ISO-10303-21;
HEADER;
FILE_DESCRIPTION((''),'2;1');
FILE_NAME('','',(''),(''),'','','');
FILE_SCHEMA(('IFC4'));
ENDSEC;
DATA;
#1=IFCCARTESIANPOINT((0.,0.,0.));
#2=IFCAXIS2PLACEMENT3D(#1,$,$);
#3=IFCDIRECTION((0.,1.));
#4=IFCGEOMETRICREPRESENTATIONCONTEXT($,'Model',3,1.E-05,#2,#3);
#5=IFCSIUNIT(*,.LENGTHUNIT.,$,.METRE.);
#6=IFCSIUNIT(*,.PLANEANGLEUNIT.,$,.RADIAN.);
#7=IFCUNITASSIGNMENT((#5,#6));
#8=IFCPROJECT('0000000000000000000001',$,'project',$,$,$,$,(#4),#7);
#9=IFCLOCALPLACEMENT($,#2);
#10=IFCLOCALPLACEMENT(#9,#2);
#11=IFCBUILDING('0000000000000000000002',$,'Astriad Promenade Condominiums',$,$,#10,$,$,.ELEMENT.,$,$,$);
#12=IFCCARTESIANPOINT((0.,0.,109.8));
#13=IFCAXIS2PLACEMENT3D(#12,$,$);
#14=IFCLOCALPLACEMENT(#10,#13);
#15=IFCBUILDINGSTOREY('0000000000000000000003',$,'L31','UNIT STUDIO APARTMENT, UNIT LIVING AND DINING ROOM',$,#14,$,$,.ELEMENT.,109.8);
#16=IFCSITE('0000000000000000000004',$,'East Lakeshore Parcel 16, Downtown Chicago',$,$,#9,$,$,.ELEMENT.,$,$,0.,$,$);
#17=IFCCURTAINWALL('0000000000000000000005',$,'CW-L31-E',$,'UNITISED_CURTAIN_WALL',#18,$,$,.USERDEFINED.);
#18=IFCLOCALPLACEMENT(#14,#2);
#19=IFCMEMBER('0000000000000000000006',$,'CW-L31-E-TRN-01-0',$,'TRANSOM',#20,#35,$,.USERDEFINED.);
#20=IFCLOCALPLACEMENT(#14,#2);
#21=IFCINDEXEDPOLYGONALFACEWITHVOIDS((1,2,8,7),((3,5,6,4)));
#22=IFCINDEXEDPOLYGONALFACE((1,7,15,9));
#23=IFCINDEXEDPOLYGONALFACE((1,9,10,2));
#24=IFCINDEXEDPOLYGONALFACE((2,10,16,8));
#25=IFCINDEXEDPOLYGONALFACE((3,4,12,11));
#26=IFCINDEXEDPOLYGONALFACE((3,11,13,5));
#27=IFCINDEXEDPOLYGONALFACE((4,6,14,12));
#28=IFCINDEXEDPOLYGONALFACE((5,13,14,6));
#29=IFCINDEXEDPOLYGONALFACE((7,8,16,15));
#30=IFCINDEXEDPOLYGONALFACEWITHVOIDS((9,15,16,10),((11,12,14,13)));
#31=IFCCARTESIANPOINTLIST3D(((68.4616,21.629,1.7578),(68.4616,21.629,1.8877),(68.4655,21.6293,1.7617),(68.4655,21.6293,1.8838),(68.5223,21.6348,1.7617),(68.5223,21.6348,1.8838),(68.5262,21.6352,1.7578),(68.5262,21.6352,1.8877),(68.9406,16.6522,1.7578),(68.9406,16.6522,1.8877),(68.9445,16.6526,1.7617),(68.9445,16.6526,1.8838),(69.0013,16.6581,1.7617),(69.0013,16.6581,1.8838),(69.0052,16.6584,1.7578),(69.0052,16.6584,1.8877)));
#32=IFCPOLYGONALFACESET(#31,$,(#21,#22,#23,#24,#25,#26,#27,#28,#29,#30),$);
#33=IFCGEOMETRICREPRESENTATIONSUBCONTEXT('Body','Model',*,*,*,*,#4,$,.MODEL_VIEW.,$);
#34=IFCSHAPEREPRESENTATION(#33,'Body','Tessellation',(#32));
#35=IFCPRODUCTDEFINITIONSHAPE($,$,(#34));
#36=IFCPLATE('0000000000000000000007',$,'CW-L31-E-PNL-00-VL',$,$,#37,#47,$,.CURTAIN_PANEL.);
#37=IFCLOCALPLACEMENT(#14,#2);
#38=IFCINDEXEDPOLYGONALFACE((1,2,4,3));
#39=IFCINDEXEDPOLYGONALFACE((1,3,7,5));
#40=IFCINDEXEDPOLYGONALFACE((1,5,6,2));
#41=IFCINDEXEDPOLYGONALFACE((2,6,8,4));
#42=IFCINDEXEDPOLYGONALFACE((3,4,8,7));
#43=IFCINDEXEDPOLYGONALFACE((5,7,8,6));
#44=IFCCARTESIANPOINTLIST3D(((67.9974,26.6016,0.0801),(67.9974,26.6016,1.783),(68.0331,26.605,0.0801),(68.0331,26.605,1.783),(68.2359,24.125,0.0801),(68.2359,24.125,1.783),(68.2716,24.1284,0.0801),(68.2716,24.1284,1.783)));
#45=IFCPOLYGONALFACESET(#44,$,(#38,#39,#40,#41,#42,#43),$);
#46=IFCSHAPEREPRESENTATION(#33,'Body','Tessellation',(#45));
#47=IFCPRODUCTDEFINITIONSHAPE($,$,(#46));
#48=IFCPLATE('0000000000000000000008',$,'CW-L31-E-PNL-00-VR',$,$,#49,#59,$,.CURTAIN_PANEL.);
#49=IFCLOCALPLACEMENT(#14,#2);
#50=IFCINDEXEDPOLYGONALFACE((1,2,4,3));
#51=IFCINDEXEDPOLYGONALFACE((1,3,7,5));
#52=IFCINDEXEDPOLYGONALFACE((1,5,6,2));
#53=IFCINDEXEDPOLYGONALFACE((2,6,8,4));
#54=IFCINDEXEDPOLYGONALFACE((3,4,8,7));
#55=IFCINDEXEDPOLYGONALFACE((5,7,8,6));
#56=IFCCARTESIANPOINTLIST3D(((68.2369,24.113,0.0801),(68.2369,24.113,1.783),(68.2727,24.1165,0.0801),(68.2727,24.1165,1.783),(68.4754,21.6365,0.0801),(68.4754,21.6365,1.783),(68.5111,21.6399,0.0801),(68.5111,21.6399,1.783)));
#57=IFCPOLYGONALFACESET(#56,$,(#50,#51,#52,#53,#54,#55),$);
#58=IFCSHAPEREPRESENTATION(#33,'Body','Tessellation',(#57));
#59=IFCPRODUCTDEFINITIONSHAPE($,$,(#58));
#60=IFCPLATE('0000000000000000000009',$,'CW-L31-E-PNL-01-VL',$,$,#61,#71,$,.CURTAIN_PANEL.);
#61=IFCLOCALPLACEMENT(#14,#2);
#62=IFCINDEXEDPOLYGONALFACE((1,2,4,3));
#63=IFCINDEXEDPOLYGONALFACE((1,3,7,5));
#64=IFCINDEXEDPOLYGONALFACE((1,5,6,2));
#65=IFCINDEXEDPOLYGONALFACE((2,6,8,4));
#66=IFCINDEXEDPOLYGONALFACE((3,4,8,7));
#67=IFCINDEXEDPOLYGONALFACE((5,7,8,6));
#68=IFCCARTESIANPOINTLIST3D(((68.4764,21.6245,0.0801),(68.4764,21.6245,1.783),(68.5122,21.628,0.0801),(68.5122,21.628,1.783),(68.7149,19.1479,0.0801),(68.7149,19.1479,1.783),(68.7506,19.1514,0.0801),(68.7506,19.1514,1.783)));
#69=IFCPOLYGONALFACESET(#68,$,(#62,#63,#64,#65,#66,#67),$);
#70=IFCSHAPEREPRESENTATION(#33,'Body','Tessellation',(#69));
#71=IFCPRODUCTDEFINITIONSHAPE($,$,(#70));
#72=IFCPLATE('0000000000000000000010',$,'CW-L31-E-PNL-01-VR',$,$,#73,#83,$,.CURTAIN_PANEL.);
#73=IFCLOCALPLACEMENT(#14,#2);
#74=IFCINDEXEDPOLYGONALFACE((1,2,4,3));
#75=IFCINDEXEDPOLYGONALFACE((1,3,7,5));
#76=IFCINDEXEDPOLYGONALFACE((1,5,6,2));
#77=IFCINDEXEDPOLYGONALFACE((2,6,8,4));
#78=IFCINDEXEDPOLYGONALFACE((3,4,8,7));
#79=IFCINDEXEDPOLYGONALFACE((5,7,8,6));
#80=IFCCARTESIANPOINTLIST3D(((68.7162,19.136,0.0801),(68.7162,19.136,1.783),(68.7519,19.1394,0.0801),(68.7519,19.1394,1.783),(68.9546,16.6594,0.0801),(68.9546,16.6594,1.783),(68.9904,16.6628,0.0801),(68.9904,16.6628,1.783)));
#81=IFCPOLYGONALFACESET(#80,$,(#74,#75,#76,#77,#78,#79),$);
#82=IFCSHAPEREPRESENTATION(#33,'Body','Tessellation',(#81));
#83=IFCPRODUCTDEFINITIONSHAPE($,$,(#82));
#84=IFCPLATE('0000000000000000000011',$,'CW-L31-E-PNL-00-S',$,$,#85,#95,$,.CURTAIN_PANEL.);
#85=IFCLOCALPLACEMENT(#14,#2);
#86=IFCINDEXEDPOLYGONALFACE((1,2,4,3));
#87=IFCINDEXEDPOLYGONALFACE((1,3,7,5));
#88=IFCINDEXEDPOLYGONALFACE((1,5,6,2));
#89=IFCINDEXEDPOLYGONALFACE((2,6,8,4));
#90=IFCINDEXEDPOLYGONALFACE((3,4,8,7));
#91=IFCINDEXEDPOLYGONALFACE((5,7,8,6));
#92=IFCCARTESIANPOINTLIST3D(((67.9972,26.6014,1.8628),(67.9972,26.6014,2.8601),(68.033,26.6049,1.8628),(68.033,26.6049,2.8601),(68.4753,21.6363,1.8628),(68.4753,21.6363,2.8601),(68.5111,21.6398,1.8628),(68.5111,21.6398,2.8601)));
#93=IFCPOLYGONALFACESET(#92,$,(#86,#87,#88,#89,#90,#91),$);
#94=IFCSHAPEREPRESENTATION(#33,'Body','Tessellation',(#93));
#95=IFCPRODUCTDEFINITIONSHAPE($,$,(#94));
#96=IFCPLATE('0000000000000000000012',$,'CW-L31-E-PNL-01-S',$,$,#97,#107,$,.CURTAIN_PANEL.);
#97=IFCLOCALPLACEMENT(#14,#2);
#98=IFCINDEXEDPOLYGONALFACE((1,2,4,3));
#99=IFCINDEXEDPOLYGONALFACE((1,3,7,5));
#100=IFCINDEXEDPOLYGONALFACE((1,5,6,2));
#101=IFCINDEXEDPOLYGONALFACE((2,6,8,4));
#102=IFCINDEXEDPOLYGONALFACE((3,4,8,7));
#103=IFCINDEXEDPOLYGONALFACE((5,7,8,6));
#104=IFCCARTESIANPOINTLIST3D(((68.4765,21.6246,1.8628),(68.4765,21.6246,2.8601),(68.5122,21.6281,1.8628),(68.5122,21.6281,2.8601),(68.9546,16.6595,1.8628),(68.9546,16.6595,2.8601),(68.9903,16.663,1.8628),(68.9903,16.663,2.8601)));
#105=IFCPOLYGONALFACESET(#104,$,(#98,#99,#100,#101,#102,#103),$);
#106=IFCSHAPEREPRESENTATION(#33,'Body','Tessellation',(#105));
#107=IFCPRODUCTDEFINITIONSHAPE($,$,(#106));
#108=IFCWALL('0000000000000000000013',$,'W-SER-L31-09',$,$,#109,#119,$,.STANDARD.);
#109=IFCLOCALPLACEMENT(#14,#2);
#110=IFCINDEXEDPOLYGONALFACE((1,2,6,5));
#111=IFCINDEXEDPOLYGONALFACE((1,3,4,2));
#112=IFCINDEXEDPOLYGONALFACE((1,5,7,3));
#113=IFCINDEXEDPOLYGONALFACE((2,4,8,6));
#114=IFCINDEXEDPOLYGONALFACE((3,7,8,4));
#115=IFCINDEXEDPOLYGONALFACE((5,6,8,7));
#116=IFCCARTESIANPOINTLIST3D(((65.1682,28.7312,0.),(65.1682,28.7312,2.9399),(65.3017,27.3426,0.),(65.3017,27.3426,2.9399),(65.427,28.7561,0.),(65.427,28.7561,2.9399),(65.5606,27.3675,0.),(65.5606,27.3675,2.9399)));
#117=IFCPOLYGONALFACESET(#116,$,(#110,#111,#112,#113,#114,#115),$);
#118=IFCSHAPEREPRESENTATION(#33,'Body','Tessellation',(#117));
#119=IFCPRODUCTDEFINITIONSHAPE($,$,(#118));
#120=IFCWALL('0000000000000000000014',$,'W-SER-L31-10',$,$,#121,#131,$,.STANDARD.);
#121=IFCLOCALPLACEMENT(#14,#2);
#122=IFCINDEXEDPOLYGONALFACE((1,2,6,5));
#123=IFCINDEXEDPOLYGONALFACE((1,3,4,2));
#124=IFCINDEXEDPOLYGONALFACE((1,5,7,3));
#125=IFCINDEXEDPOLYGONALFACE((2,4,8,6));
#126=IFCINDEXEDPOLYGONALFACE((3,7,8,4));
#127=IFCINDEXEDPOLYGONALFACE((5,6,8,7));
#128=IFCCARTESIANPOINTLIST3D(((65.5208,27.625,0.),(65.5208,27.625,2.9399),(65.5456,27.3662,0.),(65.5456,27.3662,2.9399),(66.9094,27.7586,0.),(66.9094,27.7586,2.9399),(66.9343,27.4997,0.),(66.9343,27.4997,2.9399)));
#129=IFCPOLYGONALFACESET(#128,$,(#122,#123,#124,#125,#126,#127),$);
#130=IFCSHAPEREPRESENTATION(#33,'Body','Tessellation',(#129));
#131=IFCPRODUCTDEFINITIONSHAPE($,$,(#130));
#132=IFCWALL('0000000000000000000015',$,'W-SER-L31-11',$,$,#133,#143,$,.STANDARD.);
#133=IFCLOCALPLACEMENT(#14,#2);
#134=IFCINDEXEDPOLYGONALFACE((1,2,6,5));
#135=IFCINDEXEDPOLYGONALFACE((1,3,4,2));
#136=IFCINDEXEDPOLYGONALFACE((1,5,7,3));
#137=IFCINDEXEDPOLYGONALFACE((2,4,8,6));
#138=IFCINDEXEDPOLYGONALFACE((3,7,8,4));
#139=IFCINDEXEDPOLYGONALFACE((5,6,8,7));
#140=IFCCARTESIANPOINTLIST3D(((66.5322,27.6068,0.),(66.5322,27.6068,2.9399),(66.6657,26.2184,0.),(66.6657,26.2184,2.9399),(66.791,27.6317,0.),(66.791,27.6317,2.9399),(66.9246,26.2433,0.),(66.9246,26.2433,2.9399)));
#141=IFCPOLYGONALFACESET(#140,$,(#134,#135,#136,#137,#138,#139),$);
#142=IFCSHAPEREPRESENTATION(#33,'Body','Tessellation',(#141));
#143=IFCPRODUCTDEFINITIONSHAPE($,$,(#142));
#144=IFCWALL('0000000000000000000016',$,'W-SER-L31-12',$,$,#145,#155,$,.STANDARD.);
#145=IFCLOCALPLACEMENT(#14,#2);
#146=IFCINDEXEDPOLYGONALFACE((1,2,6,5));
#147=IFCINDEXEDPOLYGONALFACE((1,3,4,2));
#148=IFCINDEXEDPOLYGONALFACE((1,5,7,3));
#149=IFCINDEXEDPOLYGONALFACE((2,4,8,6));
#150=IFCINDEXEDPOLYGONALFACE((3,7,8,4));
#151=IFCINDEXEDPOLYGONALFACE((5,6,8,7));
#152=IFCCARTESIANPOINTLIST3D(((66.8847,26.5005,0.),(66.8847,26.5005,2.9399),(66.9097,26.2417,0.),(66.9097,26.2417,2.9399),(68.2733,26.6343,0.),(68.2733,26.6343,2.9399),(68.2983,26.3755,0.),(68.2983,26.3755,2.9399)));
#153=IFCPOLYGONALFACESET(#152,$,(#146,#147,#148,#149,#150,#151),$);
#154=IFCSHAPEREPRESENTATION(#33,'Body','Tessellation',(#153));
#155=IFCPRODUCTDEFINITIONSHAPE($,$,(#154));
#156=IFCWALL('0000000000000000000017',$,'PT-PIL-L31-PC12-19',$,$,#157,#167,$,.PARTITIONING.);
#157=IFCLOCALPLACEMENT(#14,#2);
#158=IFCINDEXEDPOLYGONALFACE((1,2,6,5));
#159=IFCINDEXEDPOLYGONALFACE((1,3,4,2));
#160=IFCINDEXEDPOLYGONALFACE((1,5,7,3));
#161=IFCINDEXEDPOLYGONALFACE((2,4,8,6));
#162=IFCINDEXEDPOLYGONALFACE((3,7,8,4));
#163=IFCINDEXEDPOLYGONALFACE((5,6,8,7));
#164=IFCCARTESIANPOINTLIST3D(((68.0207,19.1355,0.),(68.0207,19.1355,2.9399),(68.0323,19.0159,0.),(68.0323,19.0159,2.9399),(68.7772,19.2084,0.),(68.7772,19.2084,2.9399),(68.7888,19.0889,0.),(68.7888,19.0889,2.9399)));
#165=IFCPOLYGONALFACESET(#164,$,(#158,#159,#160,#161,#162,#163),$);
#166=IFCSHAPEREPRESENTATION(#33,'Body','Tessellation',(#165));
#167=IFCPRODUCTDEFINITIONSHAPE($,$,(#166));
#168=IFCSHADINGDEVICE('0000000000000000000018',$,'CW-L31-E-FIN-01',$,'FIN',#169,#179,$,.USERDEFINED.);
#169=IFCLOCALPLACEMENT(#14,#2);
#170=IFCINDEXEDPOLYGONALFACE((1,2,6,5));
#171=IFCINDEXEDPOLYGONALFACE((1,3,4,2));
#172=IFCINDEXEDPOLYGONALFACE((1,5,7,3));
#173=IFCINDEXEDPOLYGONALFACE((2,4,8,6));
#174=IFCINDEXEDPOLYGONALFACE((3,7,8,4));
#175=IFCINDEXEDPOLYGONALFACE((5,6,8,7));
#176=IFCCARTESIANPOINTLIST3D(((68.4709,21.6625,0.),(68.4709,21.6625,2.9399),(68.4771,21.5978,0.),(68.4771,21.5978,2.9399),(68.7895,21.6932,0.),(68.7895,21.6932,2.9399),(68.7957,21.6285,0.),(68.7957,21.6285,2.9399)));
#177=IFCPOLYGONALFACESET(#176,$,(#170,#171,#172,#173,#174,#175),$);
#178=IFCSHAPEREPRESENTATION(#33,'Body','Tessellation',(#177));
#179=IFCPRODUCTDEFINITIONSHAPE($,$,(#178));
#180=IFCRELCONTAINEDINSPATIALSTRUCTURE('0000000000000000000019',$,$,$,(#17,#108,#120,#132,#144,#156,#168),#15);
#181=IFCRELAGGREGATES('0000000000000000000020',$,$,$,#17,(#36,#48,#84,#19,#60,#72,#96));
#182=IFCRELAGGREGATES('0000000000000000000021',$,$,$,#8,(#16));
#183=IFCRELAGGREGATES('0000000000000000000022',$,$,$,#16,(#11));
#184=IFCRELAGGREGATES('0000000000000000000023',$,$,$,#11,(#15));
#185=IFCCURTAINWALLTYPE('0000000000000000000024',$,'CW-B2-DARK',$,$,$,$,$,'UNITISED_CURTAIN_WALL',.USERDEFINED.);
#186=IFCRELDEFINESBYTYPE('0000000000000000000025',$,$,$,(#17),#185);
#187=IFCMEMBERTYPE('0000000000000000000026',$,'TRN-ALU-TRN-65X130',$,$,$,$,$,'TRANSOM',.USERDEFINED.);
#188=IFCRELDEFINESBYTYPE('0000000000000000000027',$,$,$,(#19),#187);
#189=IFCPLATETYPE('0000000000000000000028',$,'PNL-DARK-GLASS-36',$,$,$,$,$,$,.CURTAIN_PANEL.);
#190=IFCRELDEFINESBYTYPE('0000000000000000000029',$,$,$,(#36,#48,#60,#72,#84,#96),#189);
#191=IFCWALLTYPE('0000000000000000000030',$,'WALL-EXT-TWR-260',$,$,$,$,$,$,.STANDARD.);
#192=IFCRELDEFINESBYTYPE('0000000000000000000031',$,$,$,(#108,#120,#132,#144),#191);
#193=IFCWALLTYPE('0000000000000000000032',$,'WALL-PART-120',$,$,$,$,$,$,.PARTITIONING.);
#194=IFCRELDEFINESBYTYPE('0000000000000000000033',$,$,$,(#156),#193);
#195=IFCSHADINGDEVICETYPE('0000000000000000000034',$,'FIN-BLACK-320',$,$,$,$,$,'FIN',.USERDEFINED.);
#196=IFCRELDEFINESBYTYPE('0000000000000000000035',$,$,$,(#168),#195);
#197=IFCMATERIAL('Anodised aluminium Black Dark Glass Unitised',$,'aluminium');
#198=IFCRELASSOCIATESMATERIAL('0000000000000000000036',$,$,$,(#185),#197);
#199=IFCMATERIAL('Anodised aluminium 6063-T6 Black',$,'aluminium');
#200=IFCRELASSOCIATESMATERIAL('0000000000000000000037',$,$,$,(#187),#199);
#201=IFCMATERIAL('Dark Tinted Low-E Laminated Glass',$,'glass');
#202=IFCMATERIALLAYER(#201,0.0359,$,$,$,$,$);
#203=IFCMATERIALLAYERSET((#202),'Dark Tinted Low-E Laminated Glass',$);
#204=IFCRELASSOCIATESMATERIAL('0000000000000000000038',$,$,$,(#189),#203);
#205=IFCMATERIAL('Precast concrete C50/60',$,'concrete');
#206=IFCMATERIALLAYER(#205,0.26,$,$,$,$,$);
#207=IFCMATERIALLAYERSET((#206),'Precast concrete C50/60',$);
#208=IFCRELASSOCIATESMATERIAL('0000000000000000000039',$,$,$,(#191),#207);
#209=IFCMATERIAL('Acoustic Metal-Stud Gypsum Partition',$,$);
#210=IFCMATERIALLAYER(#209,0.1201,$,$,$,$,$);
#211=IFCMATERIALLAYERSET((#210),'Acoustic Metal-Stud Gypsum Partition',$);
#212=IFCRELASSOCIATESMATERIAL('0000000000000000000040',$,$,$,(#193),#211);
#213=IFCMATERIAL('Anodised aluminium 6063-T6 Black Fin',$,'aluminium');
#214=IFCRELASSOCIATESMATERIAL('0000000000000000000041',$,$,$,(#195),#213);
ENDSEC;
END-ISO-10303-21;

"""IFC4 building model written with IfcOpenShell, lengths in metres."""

from ifc_helpers import new_model, si_unit, direction, frame, frame_2d, origin, origin_2d, place, context, subcontext, project, spatial, rectangle, hollow_rectangle, extrude, source, transform, mapped, material, layer, layer_set, material_profile, profile_set, type_object, type_shapes, element, aggregate, save


model = new_model("IFC4")

# Units and contexts
model_context = context("Model", 3, precision=1e-05, world=origin(), true_north=direction((0.0, 1.0)))
body_context = subcontext(model_context, "Body", "Model", "MODEL_VIEW")
ifc_project = project(units=[si_unit("LENGTHUNIT", "METRE"), si_unit("PLANEANGLEUNIT", "RADIAN")], contexts=[model_context])

# Site, building, storey
site_placement = place(None, origin())
site = spatial("IfcSite", under=ifc_project, at=site_placement, Name="East Lakeshore Parcel 16, Downtown Chicago", CompositionType="ELEMENT", RefElevation=0.0)
building_placement = place(site_placement, origin())
building = spatial("IfcBuilding", under=site, at=building_placement, Name="Astriad Promenade Condominiums", CompositionType="ELEMENT")
storey_placement = place(building_placement, frame((0.0, 0.0, 109.8)))
storey = spatial("IfcBuildingStorey", under=building, at=storey_placement, Name="L31", Description="UNIT STUDIO APARTMENT, UNIT LIVING AND DINING ROOM", CompositionType="ELEMENT", Elevation=109.8)

# Curtain wall, member, plates
ifc_material_1 = material(Name="Anodised aluminium Black Dark Glass Unitised", Category="aluminium")
curtain_wall_type = type_object("IfcCurtainWallType", Name="CW-B2-DARK", ElementType="UNITISED_CURTAIN_WALL", PredefinedType="USERDEFINED", material=ifc_material_1)
curtain_wall_placement = place(storey_placement, origin())
curtain_wall = element("IfcCurtainWall", 1, at=curtain_wall_placement, inside=storey, type_object=curtain_wall_type, Name="CW-L31-E", ObjectType="UNITISED_CURTAIN_WALL", PredefinedType="USERDEFINED")
ifc_material_2 = material(Name="Anodised aluminium 6063-T6 Black", Category="aluminium")
ifc_material_profile_1 = material_profile(ifc_material_2, hollow_rectangle(XDim=0.0649, YDim=0.1299, WallThickness=0.0039, at=origin_2d()), Name="ALU-TRN-65X130")
ifc_profile_set_1 = profile_set([ifc_material_profile_1], Name="Anodised aluminium 6063-T6 Black")
member_type_1 = type_object("IfcMemberType", Name="TRN-ALU-TRN-65X130", ElementType="TRANSOM", PredefinedType="USERDEFINED", material=ifc_profile_set_1)
shared_shape_1 = source(origin(), body_context, "Body", "SweptSolid", [
    extrude(hollow_rectangle(XDim=0.0649, YDim=0.1299, WallThickness=0.0039, at=origin_2d()), origin(), (0.0, 0.0, 1.0), 4.9998),
])
member_1_placement = place(storey_placement, frame((68.4939, 21.6321, 1.8228), z_axis=(0.095805, -0.9954, 0.0), x_axis=(0.9954, 0.095805, 0.0)))
member_1 = element("IfcMember", 2, at=member_1_placement, type_object=member_type_1, Name="CW-L31-E-TRN-01-0", ObjectType="TRANSOM", PredefinedType="USERDEFINED", context=body_context, shape_type="MappedRepresentation", body=[
    mapped(shared_shape_1, transform((0.0, 0.0, 0.0), scale=1.0)),
])
ifc_material_3 = material(Name="Dark Tinted Low-E Laminated Glass", Category="glass")
ifc_layer_1 = layer(ifc_material_3, 0.0359)
ifc_layer_set_1 = layer_set([ifc_layer_1], Name="Dark Tinted Low-E Laminated Glass")
plate_type = type_object("IfcPlateType", Name="PNL-DARK-GLASS-36", PredefinedType="CURTAIN_PANEL", material=ifc_layer_set_1)
shared_shape_2 = source(origin(), body_context, "Body", "SweptSolid", [
    extrude(rectangle(XDim=2.488, YDim=0.0359, at=origin_2d()), origin(), (0.0, 0.0, 1.0), 1.7029),
])
plate_1_placement = place(storey_placement, frame((68.1345, 25.365, 0.0801), z_axis=(0.0, 0.0, 1.0), x_axis=(0.095846, -0.995396, 0.0)))
plate_1 = element("IfcPlate", 3, at=plate_1_placement, type_object=plate_type, Name="CW-L31-E-PNL-00-VL", PredefinedType="CURTAIN_PANEL", context=body_context, shape_type="MappedRepresentation", body=[
    mapped(shared_shape_2, transform((0.0, 0.0, 0.0), scale=1.0)),
])
plate_2_placement = place(storey_placement, frame((68.374, 22.8765, 0.0801), z_axis=(0.0, 0.0, 1.0), x_axis=(0.095846, -0.995396, 0.0)))
plate_2 = element("IfcPlate", 4, at=plate_2_placement, type_object=plate_type, Name="CW-L31-E-PNL-00-VR", PredefinedType="CURTAIN_PANEL", context=body_context, shape_type="MappedRepresentation", body=[
    mapped(shared_shape_2, transform((0.0, 0.0, 0.0), scale=1.0)),
])
plate_3_placement = place(storey_placement, frame((68.6135, 20.3879, 0.0801), z_axis=(0.0, 0.0, 1.0), x_axis=(0.095846, -0.995396, 0.0)))
plate_3 = element("IfcPlate", 5, at=plate_3_placement, type_object=plate_type, Name="CW-L31-E-PNL-01-VL", PredefinedType="CURTAIN_PANEL", context=body_context, shape_type="MappedRepresentation", body=[
    mapped(shared_shape_2, transform((0.0, 0.0, 0.0), scale=1.0)),
])
plate_4_placement = place(storey_placement, frame((68.8533, 17.8994, 0.0801), z_axis=(0.0, 0.0, 1.0), x_axis=(0.095846, -0.995396, 0.0)))
plate_4 = element("IfcPlate", 6, at=plate_4_placement, type_object=plate_type, Name="CW-L31-E-PNL-01-VR", PredefinedType="CURTAIN_PANEL", context=body_context, shape_type="MappedRepresentation", body=[
    mapped(shared_shape_2, transform((0.0, 0.0, 0.0), scale=1.0)),
])
shared_shape_3 = source(origin(), body_context, "Body", "SweptSolid", [
    extrude(rectangle(XDim=4.988, YDim=0.0359, at=origin_2d()), origin(), (0.0, 0.0, 1.0), 0.9973),
])
type_shapes(plate_type, [shared_shape_2, shared_shape_3])
plate_5_placement = place(storey_placement, frame((68.2542, 24.1206, 1.8628), z_axis=(0.0, 0.0, 1.0), x_axis=(0.095846, -0.995396, 0.0)))
plate_5 = element("IfcPlate", 7, at=plate_5_placement, type_object=plate_type, Name="CW-L31-E-PNL-00-S", PredefinedType="CURTAIN_PANEL", context=body_context, shape_type="MappedRepresentation", body=[
    mapped(shared_shape_3, transform((0.0, 0.0, 0.0), scale=1.0)),
])
plate_6_placement = place(storey_placement, frame((68.7334, 19.1438, 1.8628), z_axis=(0.0, 0.0, 1.0), x_axis=(0.095846, -0.995396, 0.0)))
plate_6 = element("IfcPlate", 8, at=plate_6_placement, type_object=plate_type, Name="CW-L31-E-PNL-01-S", PredefinedType="CURTAIN_PANEL", context=body_context, shape_type="MappedRepresentation", body=[
    mapped(shared_shape_3, transform((0.0, 0.0, 0.0), scale=1.0)),
])
aggregate(curtain_wall, [plate_1, plate_2, plate_5, member_1, plate_3, plate_4, plate_6])

# Walls
ifc_material_4 = material(Name="Precast concrete C50/60", Category="concrete")
ifc_layer_2 = layer(ifc_material_4, 0.26)
ifc_layer_set_2 = layer_set([ifc_layer_2], Name="Precast concrete C50/60")
wall_type_1 = type_object("IfcWallType", Name="WALL-EXT-TWR-260", PredefinedType="STANDARD", material=ifc_layer_set_2)
for number, where, z_axis, x_axis, name in (
    (9, (65.2976, 28.7437, 0.0), (0.0, 0.0, 1.0), (0.095726, -0.995408, 0.0), "W-SER-L31-09"),
    (10, (65.5332, 27.4956, 0.0), (0.0, 0.0, 1.0), (0.995408, 0.095726, 0.0), "W-SER-L31-10"),
):
    element("IfcWall", number, at=place(storey_placement, frame(where, z_axis=z_axis, x_axis=x_axis)), inside=storey, type_object=wall_type_1, Name=name, PredefinedType="STANDARD", context=body_context, shape_type="SweptSolid", body=[
        extrude(rectangle(XDim=1.395, YDim=0.26, at=frame_2d((0.6975, 0.0))), origin(), (0.0, 0.0, 1.0), 2.9399),
    ])
wall_1_placement = place(storey_placement, frame((66.6616, 27.6191, 0.0), z_axis=(0.0, 0.0, 1.0), x_axis=(0.095742, -0.995406, 0.0)))
element("IfcWall", 11, at=wall_1_placement, inside=storey, type_object=wall_type_1, Name="W-SER-L31-11", PredefinedType="STANDARD", context=body_context, shape_type="SweptSolid", body=[
    extrude(rectangle(XDim=1.3948, YDim=0.26, at=frame_2d((0.6973, 0.0))), origin(), (0.0, 0.0, 1.0), 2.9399),
])
wall_2_placement = place(storey_placement, frame((66.8972, 26.3711, 0.0), z_axis=(0.0, 0.0, 1.0), x_axis=(0.995391, 0.095899, 0.0)))
element("IfcWall", 12, at=wall_2_placement, inside=storey, type_object=wall_type_1, Name="W-SER-L31-12", PredefinedType="STANDARD", context=body_context, shape_type="SweptSolid", body=[
    extrude(rectangle(XDim=1.395, YDim=0.26, at=frame_2d((0.6975, 0.0))), origin(), (0.0, 0.0, 1.0), 2.9399),
])
ifc_material_5 = material(Name="Acoustic Metal-Stud Gypsum Partition")
ifc_layer_3 = layer(ifc_material_5, 0.1201)
ifc_layer_set_3 = layer_set([ifc_layer_3], Name="Acoustic Metal-Stud Gypsum Partition")
wall_type_2 = type_object("IfcWallType", Name="WALL-PART-120", PredefinedType="PARTITIONING", material=ifc_layer_set_3)
wall_3_placement = place(storey_placement, frame((68.0266, 19.0757, 0.0), z_axis=(0.0, 0.0, 1.0), x_axis=(0.995378, 0.096037, 0.0)))
element("IfcWall", 13, at=wall_3_placement, inside=storey, type_object=wall_type_2, Name="PT-PIL-L31-PC12-19", PredefinedType="PARTITIONING", context=body_context, shape_type="SweptSolid", body=[
    extrude(rectangle(XDim=0.76, YDim=0.1201, at=frame_2d((0.3799, 0.0))), origin(), (0.0, 0.0, 1.0), 2.9399),
])

# Shading device
ifc_material_6 = material(Name="Anodised aluminium 6063-T6 Black Fin", Category="aluminium")
shading_device_type = type_object("IfcShadingDeviceType", Name="FIN-BLACK-320", ElementType="FIN", PredefinedType="USERDEFINED", material=ifc_material_6)
shared_shape_4 = source(origin(), body_context, "Body", "SweptSolid", [
    extrude(rectangle(XDim=0.0649, YDim=0.3201, at=origin_2d()), origin(), (0.0, 0.0, 1.0), 2.9399),
])
type_shapes(shading_device_type, [shared_shape_4])
shading_device_placement = place(storey_placement, frame((68.6333, 21.6455, 0.0), z_axis=(0.0, 0.0, 1.0), x_axis=(0.095846, -0.995396, 0.0)))
element("IfcShadingDevice", 14, at=shading_device_placement, inside=storey, type_object=shading_device_type, Name="CW-L31-E-FIN-01", ObjectType="FIN", PredefinedType="USERDEFINED", context=body_context, shape_type="MappedRepresentation", body=[
    mapped(shared_shape_4, transform((0.0, 0.0, 0.0), scale=1.0)),
])

save(model, "model.ifc")
